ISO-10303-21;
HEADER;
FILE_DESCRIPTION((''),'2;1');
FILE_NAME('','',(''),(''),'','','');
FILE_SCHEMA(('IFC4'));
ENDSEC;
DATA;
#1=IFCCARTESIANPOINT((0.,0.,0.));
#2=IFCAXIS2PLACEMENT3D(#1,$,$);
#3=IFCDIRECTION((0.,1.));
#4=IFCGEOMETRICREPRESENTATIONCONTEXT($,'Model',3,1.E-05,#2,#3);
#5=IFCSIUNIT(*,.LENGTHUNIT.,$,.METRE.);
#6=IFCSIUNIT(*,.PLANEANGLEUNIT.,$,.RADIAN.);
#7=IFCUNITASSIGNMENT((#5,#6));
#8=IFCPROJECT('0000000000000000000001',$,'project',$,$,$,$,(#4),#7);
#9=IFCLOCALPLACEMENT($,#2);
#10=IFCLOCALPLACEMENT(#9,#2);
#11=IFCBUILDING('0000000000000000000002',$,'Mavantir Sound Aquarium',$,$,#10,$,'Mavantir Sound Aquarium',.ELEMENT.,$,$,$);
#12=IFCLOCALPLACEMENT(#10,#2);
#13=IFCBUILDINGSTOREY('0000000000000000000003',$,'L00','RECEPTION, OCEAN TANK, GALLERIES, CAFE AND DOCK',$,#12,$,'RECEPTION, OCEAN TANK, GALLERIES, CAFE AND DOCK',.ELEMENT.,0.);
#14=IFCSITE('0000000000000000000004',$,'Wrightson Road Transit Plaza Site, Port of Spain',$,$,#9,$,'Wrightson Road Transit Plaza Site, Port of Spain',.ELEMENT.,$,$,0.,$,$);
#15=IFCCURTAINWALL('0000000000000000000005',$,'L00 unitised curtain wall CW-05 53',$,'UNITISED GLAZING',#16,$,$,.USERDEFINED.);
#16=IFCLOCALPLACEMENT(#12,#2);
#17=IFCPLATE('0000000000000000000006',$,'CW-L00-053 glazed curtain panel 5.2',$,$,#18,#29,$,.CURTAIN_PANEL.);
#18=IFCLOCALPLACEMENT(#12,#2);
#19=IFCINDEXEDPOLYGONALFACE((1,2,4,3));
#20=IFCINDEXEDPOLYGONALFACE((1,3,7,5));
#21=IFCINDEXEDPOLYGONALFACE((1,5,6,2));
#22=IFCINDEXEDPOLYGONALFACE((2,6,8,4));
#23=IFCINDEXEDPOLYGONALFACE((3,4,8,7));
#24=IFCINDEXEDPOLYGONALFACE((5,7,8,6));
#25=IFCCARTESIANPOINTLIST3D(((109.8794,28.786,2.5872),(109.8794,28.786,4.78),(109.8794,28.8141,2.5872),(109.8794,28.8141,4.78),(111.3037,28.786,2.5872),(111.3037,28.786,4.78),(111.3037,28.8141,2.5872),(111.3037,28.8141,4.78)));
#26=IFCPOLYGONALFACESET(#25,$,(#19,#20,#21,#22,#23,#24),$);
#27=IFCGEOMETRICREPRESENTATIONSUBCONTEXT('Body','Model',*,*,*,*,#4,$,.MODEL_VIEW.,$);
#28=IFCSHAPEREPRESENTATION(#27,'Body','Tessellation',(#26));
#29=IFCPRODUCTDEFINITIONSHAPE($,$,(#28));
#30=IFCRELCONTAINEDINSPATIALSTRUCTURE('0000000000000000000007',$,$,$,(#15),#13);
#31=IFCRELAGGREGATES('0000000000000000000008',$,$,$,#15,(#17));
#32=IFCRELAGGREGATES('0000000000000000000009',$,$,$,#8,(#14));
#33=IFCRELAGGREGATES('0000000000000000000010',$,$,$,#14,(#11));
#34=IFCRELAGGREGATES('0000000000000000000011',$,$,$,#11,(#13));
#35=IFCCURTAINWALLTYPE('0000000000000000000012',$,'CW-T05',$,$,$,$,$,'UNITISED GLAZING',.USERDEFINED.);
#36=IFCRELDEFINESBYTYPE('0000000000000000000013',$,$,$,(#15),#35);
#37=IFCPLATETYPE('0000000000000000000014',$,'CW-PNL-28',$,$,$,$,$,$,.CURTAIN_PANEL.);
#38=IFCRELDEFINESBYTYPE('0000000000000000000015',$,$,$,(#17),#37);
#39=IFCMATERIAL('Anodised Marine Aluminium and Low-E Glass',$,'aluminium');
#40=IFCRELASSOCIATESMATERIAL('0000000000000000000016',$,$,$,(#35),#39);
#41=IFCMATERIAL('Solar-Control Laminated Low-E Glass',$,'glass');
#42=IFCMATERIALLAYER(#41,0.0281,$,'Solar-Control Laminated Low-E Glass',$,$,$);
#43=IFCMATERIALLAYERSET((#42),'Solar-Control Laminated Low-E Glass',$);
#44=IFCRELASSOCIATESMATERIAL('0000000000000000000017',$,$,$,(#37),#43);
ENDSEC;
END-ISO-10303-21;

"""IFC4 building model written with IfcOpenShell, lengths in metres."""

from ifc_helpers import new_model, si_unit, direction, frame, origin, origin_2d, place, context, subcontext, project, spatial, rectangle, extrude, material, layer, layer_set, type_object, element, aggregate, save


model = new_model("IFC4")

# Units and contexts
model_context = context("Model", 3, precision=1e-05, world=origin(), true_north=direction((0.0, 1.0)))
body_context = subcontext(model_context, "Body", "Model", "MODEL_VIEW")
ifc_project = project(units=[si_unit("LENGTHUNIT", "METRE"), si_unit("PLANEANGLEUNIT", "RADIAN")], contexts=[model_context])

# Site, building, storey
site_placement = place(None, origin())
site = spatial("IfcSite", under=ifc_project, at=site_placement, Name="Wrightson Road Transit Plaza Site, Port of Spain", LongName="Wrightson Road Transit Plaza Site, Port of Spain", CompositionType="ELEMENT", RefElevation=0.0)
building_placement = place(site_placement, origin())
building = spatial("IfcBuilding", under=site, at=building_placement, Name="Mavantir Sound Aquarium", LongName="Mavantir Sound Aquarium", CompositionType="ELEMENT")
storey_placement = place(building_placement, origin())
storey = spatial("IfcBuildingStorey", under=building, at=storey_placement, Name="L00", Description="RECEPTION, OCEAN TANK, GALLERIES, CAFE AND DOCK", LongName="RECEPTION, OCEAN TANK, GALLERIES, CAFE AND DOCK", CompositionType="ELEMENT", Elevation=0.0)

# Curtain wall, plate
ifc_material_1 = material(Name="Anodised Marine Aluminium and Low-E Glass", Category="aluminium")
curtain_wall_type = type_object("IfcCurtainWallType", Name="CW-T05", ElementType="UNITISED GLAZING", PredefinedType="USERDEFINED", material=ifc_material_1)
curtain_wall_placement = place(storey_placement, origin())
curtain_wall = element("IfcCurtainWall", 1, at=curtain_wall_placement, inside=storey, type_object=curtain_wall_type, Name="L00 unitised curtain wall CW-05 53", ObjectType="UNITISED GLAZING", PredefinedType="USERDEFINED")
ifc_material_2 = material(Name="Solar-Control Laminated Low-E Glass", Category="glass")
ifc_layer = layer(ifc_material_2, 0.0281, Name="Solar-Control Laminated Low-E Glass")
ifc_layer_set = layer_set([ifc_layer], Name="Solar-Control Laminated Low-E Glass")
plate_type = type_object("IfcPlateType", Name="CW-PNL-28", PredefinedType="CURTAIN_PANEL", material=ifc_layer_set)
plate_1_placement = place(storey_placement, frame((110.5916, 28.8, 2.5872), z_axis=(0.0, 0.0, 1.0), x_axis=(-1.0, 0.0, 0.0)))
plate_1 = element("IfcPlate", 2, at=plate_1_placement, type_object=plate_type, Name="CW-L00-053 glazed curtain panel 5.2", PredefinedType="CURTAIN_PANEL", context=body_context, shape_type="SweptSolid", body=[
    extrude(rectangle(XDim=1.4243, YDim=0.0281, at=origin_2d()), origin(), (0.0, 0.0, 1.0), 2.1929),
])
aggregate(curtain_wall, [plate_1])

save(model, "model.ifc")
